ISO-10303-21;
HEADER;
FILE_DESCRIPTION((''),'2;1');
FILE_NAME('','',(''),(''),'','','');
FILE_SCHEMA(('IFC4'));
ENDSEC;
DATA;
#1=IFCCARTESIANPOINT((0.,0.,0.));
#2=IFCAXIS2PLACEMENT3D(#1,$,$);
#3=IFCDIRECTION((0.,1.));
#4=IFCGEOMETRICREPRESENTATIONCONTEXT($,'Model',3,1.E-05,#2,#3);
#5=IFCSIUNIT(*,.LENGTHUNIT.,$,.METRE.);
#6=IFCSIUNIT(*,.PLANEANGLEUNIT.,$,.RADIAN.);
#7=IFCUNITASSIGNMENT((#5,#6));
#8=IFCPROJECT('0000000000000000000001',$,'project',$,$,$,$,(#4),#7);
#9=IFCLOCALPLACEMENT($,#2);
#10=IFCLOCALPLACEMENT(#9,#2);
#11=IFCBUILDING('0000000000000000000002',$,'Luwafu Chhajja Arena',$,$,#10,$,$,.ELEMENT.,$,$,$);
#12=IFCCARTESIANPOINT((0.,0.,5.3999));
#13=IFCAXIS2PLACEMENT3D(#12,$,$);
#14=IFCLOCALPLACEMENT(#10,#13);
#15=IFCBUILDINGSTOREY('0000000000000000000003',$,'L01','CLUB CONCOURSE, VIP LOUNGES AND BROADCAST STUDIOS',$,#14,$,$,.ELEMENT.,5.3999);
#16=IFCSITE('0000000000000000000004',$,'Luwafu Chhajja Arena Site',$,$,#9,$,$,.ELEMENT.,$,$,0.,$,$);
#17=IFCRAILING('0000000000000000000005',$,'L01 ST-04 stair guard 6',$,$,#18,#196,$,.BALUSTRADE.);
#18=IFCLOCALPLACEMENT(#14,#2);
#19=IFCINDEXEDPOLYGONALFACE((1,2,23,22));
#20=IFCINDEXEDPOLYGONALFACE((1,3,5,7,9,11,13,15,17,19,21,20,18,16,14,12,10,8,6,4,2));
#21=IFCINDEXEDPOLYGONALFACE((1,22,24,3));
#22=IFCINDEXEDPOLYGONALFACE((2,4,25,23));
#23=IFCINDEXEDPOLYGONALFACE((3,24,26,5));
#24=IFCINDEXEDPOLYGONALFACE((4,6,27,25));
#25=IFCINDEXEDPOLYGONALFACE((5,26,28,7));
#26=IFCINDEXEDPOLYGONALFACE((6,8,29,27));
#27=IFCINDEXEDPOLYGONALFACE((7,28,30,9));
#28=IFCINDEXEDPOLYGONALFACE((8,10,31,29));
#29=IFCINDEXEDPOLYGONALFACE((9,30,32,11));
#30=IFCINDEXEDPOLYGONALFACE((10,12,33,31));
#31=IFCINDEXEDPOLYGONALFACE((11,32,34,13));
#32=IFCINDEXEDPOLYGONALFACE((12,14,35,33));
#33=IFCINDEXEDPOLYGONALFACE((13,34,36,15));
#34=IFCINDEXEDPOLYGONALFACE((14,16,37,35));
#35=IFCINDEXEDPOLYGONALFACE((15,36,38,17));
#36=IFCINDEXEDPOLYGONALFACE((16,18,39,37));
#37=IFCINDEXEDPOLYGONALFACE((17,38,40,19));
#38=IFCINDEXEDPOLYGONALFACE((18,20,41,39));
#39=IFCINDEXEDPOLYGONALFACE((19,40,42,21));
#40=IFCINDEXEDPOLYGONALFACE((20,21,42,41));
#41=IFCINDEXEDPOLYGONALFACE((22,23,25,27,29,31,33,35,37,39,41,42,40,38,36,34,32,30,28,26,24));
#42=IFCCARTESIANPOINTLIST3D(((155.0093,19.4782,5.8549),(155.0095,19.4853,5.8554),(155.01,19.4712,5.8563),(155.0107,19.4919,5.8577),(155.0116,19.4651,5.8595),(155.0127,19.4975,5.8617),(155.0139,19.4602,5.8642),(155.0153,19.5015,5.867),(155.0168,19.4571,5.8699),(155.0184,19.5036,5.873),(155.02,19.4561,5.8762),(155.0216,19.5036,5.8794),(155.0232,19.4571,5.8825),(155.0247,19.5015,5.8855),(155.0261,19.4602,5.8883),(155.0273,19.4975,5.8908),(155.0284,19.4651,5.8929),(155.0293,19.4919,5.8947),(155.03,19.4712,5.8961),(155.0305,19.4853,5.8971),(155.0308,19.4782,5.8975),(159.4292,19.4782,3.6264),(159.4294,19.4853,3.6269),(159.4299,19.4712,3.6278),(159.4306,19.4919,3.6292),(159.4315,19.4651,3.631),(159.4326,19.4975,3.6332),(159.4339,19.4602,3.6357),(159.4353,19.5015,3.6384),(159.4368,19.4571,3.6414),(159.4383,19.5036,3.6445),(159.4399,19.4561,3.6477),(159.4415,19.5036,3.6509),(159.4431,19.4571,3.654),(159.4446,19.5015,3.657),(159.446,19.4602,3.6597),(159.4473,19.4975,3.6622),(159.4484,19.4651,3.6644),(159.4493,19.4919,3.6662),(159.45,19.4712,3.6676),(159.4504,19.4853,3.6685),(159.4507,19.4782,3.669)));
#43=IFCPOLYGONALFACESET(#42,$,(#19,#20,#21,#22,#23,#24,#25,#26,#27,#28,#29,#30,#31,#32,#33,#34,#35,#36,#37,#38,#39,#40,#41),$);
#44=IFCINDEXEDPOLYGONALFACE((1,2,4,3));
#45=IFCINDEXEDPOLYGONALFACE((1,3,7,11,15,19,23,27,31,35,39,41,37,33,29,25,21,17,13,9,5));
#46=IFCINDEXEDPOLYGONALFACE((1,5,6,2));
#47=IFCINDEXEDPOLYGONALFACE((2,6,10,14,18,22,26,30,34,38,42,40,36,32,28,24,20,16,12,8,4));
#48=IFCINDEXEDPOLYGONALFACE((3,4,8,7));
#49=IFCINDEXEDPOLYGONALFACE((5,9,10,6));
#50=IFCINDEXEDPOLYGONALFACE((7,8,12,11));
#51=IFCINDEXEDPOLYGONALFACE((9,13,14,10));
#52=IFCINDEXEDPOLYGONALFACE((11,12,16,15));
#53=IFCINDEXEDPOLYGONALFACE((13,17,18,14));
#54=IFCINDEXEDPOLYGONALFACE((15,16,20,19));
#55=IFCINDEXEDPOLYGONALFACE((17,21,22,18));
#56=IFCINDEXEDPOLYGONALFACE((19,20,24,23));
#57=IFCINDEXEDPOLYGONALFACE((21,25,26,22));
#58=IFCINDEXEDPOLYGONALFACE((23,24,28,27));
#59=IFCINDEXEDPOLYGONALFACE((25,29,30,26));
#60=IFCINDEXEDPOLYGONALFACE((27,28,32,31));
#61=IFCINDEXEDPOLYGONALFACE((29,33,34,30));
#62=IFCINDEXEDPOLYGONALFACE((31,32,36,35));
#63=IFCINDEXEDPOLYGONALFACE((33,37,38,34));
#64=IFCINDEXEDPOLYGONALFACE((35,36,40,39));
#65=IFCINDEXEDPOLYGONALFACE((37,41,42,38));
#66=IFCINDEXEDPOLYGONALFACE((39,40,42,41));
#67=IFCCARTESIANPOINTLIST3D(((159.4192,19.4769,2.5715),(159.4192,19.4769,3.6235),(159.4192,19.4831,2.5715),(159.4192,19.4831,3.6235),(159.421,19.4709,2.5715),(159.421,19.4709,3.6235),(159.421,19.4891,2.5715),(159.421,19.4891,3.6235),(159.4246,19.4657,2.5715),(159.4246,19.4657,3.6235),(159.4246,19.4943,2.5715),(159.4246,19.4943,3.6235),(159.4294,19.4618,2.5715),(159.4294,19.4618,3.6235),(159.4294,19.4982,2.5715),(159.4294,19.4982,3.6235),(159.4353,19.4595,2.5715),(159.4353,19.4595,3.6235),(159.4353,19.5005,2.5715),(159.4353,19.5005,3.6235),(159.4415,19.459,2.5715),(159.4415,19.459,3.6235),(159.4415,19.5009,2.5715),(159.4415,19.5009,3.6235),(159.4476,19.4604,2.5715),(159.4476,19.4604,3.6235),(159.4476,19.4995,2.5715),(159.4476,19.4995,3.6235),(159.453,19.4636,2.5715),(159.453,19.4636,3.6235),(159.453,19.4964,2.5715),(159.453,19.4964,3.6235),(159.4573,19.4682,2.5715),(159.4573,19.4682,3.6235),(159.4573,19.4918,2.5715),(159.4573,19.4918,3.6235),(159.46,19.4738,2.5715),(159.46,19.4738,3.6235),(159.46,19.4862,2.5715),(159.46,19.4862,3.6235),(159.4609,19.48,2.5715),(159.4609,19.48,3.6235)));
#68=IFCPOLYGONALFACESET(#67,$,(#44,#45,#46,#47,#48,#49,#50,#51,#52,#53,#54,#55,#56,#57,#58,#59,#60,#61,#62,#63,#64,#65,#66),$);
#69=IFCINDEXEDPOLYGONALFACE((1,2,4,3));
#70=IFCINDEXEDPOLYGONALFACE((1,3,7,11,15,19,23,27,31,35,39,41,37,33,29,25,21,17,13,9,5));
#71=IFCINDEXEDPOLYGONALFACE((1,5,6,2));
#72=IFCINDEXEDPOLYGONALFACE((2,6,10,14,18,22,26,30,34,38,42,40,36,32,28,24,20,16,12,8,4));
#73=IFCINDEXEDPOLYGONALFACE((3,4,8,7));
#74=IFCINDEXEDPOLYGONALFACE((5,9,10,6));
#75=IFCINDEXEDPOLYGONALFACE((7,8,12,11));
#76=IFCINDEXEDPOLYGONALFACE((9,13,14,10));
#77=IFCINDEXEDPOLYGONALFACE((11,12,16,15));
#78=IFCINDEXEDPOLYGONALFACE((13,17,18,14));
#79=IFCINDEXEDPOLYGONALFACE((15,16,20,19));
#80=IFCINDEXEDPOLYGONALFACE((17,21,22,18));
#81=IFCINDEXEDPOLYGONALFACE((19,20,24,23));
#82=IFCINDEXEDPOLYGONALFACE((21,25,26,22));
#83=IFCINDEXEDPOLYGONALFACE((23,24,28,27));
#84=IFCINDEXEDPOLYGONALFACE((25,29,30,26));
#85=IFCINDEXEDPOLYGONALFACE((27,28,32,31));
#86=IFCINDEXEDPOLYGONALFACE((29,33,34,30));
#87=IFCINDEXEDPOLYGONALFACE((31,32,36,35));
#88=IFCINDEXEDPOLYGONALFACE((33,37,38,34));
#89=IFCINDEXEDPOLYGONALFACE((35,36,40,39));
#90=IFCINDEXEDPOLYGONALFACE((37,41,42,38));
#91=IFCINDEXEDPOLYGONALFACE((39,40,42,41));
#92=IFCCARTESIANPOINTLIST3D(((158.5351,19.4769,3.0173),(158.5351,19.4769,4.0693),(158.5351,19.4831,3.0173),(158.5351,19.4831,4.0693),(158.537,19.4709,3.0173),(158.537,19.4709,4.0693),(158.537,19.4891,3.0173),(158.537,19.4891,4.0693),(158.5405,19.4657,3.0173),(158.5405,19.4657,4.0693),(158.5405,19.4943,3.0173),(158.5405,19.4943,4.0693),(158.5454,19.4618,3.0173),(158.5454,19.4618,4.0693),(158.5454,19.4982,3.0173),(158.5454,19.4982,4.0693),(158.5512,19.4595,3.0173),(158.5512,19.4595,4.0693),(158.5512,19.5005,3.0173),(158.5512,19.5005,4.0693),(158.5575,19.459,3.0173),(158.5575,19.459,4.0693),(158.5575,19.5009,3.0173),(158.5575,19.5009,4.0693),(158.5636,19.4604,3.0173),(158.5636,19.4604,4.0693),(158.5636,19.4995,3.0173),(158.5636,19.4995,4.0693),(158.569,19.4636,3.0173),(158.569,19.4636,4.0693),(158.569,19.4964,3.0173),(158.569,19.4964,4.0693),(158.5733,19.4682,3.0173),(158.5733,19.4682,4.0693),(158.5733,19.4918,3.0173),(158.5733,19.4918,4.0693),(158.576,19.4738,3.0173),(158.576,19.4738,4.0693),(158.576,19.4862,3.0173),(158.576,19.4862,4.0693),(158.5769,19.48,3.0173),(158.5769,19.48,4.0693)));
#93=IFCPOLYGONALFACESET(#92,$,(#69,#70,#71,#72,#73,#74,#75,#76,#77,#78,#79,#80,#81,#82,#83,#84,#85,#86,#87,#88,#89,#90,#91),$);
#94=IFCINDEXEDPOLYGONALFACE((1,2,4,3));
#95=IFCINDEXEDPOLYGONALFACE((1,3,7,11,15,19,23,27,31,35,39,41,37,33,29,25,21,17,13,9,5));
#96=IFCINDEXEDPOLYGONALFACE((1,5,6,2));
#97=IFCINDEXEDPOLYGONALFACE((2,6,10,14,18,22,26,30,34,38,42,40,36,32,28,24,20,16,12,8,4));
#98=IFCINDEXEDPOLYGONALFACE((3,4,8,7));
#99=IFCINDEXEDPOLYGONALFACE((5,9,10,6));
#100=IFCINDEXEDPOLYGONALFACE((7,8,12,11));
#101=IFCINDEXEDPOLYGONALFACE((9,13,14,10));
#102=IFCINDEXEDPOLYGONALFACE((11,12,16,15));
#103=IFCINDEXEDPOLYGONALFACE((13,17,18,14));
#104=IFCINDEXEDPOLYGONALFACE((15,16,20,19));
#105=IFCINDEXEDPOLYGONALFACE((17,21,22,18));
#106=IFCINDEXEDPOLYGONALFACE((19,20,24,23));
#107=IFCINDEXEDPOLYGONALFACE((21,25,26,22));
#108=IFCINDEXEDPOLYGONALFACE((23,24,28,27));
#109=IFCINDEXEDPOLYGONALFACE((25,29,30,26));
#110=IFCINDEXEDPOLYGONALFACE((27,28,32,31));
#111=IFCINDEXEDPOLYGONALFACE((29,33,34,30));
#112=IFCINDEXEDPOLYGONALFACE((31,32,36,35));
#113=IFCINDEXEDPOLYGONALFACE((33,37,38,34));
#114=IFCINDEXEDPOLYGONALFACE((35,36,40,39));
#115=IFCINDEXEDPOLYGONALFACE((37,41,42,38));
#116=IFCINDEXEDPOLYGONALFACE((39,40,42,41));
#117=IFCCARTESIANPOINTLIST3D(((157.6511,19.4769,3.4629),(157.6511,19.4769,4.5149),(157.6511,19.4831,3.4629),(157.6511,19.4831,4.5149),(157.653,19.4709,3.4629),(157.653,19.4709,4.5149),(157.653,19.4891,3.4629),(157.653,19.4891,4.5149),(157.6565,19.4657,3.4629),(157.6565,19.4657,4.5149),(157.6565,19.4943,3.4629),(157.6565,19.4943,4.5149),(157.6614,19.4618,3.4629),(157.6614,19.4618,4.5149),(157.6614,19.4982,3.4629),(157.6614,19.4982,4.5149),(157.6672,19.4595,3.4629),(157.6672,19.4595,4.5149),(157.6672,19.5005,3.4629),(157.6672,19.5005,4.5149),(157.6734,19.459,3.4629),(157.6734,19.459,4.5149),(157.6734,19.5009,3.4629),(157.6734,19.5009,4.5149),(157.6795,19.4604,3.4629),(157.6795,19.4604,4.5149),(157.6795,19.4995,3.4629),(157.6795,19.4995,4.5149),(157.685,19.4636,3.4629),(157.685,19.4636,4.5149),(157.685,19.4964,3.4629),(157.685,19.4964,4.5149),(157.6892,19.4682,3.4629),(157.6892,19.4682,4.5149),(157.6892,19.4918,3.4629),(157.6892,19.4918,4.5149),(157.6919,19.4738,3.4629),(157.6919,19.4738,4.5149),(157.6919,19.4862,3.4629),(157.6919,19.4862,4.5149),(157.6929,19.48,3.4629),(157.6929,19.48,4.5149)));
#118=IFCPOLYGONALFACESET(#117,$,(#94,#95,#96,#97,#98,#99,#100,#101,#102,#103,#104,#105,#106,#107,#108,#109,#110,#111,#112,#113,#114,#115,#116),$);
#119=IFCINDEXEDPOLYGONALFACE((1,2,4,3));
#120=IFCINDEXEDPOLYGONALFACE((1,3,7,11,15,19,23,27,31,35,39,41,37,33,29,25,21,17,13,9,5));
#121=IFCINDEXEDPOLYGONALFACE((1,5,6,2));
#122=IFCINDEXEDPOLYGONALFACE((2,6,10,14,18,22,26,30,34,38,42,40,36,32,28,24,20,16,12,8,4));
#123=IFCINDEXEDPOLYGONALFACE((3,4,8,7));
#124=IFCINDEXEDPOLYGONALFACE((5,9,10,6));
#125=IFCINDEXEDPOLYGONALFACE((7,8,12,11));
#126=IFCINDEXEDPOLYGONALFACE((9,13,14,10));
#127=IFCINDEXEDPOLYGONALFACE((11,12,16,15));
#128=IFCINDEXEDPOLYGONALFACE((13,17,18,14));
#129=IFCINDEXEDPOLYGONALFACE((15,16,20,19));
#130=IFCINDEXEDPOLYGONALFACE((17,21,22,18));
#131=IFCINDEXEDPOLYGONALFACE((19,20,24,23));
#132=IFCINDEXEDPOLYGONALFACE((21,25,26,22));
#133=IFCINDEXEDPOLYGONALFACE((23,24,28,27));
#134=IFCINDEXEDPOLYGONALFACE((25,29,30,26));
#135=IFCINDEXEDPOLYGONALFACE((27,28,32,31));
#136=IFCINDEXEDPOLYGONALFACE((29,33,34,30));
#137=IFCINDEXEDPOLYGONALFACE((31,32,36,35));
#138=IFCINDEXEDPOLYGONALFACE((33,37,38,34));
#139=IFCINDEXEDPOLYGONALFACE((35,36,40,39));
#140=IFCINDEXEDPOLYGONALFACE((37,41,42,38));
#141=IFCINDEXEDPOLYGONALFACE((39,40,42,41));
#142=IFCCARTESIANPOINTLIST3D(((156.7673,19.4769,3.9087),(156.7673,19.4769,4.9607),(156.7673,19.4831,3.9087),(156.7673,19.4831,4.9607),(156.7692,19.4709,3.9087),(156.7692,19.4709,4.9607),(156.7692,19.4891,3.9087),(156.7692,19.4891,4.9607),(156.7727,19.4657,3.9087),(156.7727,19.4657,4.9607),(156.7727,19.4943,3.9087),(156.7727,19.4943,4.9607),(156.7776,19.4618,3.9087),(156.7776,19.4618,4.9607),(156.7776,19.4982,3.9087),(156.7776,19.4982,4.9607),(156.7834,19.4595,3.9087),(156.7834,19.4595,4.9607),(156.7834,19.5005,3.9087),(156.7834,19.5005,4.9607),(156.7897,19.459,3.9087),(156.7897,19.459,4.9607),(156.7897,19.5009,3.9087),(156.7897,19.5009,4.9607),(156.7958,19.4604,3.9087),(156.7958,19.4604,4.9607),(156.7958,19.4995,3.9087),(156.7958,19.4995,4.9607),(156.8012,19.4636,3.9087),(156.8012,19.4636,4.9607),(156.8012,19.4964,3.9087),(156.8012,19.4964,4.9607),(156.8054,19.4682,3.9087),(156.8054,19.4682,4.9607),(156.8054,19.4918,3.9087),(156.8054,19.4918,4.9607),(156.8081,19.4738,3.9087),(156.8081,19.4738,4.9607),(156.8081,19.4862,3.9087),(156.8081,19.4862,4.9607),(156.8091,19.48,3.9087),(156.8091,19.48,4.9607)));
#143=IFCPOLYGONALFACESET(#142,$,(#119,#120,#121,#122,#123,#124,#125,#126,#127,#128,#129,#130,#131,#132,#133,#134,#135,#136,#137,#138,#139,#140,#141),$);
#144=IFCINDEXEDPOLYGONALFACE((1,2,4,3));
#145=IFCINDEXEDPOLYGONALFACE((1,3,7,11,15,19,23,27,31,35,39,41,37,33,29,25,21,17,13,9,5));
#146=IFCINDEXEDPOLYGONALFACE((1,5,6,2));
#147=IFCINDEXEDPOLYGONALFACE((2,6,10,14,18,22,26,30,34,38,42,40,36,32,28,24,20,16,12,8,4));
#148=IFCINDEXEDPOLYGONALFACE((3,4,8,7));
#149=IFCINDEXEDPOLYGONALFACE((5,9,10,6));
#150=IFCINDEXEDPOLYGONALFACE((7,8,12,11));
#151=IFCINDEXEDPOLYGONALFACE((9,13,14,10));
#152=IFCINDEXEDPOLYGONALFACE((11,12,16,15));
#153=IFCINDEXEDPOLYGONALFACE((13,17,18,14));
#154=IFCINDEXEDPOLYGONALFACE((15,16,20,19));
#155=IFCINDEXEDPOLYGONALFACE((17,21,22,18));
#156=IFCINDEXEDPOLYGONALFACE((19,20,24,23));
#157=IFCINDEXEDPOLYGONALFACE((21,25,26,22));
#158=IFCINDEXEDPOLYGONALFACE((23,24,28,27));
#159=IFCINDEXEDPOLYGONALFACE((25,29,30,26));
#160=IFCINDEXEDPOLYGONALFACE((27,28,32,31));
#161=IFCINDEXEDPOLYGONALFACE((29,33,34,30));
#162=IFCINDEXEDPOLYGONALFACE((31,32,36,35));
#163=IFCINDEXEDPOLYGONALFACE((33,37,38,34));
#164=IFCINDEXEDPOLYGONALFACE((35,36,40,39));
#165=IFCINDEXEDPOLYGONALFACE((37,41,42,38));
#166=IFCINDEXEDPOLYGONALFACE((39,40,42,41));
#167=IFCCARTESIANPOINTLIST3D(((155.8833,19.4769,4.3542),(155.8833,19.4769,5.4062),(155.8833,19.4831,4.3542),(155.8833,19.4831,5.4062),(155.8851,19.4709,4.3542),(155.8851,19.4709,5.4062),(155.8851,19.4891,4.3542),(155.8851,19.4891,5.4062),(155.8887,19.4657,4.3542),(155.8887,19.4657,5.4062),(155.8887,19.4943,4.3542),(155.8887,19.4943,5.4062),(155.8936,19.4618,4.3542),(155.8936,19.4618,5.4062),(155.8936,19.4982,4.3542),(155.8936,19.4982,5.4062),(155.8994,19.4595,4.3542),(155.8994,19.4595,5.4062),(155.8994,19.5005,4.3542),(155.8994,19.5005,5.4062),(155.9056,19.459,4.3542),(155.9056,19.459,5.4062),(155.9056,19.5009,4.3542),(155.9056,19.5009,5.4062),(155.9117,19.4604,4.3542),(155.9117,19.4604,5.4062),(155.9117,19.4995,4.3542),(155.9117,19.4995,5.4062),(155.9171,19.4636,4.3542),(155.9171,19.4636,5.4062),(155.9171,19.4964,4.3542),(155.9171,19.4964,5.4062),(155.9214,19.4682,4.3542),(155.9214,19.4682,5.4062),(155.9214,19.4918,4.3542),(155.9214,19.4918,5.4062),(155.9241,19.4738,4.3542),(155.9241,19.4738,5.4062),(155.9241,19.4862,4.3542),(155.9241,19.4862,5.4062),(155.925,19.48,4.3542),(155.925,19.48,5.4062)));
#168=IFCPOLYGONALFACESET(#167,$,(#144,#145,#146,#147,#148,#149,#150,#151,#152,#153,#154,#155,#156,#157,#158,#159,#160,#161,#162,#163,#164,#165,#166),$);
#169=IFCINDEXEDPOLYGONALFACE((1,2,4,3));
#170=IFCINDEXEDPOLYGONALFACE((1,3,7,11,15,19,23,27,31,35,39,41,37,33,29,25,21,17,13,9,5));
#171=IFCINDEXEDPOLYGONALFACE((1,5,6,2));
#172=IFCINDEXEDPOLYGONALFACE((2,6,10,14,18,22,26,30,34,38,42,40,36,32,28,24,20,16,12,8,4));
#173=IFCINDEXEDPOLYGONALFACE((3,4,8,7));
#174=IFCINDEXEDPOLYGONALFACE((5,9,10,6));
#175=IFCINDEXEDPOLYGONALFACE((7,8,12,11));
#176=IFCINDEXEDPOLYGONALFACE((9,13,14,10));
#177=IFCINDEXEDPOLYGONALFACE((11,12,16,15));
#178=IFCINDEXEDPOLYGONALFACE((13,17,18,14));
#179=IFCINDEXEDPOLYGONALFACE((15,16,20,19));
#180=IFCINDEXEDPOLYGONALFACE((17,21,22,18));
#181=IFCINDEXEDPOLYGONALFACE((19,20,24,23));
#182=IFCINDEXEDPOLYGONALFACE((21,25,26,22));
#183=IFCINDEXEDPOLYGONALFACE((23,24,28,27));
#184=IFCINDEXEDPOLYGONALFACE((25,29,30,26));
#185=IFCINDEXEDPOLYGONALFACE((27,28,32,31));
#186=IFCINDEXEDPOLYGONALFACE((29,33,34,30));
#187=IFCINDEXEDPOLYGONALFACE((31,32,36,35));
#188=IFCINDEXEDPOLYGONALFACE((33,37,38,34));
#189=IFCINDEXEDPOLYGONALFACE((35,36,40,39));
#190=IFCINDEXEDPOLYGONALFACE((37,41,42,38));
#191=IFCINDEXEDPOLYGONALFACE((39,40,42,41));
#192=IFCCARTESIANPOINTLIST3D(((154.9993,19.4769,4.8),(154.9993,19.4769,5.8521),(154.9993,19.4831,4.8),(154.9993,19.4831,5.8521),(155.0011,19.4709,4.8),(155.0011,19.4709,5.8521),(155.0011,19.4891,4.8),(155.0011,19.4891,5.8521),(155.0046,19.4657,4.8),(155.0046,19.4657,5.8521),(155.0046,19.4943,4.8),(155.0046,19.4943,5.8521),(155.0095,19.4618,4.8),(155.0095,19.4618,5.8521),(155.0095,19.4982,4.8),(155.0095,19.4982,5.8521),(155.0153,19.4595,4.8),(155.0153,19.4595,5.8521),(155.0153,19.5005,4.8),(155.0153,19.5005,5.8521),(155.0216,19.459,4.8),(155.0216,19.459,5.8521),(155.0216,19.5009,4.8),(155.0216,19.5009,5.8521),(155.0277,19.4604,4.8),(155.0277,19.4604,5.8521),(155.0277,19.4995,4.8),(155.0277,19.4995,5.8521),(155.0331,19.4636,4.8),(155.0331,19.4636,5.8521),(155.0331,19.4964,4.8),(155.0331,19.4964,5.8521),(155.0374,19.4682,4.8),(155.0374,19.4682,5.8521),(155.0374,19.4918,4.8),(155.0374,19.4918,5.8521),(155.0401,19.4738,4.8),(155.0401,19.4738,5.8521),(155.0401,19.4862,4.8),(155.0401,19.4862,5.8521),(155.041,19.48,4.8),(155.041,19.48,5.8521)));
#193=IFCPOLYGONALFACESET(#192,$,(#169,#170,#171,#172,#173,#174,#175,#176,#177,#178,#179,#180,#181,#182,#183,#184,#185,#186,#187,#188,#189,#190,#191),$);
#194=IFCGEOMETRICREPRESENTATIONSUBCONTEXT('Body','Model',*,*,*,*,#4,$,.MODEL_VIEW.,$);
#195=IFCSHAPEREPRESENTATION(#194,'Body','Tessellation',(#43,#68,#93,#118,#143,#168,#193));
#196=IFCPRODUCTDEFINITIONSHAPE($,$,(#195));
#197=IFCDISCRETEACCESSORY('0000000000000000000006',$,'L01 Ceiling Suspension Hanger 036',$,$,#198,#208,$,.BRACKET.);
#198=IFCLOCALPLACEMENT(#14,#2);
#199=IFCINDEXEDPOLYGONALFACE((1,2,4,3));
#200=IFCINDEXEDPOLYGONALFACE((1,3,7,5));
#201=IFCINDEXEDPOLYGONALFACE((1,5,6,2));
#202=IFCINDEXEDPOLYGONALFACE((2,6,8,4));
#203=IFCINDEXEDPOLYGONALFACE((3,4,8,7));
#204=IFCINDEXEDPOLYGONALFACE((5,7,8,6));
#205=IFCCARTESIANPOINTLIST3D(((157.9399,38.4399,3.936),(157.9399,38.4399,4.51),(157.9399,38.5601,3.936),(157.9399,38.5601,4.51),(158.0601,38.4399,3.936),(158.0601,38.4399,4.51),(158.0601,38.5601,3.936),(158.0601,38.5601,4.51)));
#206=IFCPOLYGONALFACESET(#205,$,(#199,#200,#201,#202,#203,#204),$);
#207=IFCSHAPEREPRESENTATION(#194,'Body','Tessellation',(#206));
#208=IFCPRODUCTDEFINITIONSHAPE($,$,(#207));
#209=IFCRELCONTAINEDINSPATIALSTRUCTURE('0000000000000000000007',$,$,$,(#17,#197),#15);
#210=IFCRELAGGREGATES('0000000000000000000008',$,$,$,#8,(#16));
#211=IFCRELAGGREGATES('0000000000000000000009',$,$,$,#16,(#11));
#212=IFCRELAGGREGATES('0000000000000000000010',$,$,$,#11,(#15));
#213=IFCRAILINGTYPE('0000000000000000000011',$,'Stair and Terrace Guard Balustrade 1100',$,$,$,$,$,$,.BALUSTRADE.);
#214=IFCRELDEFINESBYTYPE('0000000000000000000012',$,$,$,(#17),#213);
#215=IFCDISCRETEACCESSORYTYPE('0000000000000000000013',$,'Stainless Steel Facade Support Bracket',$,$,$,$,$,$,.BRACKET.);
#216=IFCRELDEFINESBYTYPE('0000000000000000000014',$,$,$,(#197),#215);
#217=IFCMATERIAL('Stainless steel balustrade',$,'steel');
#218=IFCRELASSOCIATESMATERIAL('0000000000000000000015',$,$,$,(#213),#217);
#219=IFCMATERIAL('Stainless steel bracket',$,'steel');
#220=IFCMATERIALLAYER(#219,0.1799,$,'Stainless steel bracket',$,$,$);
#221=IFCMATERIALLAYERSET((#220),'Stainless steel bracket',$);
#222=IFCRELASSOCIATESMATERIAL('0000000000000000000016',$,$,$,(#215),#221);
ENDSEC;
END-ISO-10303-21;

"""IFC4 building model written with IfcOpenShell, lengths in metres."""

from ifc_helpers import new_model, si_unit, direction, frame, origin, origin_2d, place, context, subcontext, project, spatial, rectangle, circle, extrude, material, layer, layer_set, type_object, element, save


model = new_model("IFC4")

# Units and contexts
model_context = context("Model", 3, precision=1e-05, world=origin(), true_north=direction((0.0, 1.0)))
body_context = subcontext(model_context, "Body", "Model", "MODEL_VIEW")
ifc_project = project(units=[si_unit("LENGTHUNIT", "METRE"), si_unit("PLANEANGLEUNIT", "RADIAN")], contexts=[model_context])

# Site, building, storey
site_placement = place(None, origin())
site = spatial("IfcSite", under=ifc_project, at=site_placement, Name="Luwafu Chhajja Arena Site", CompositionType="ELEMENT", RefElevation=0.0)
building_placement = place(site_placement, origin())
building = spatial("IfcBuilding", under=site, at=building_placement, Name="Luwafu Chhajja Arena", CompositionType="ELEMENT")
storey_placement = place(building_placement, frame((0.0, 0.0, 5.3999)))
storey = spatial("IfcBuildingStorey", under=building, at=storey_placement, Name="L01", Description="CLUB CONCOURSE, VIP LOUNGES AND BROADCAST STUDIOS", CompositionType="ELEMENT", Elevation=5.3999)

# Railing
ifc_material_1 = material(Name="Stainless steel balustrade", Category="steel")
railing_type_1 = type_object("IfcRailingType", Name="Stair and Terrace Guard Balustrade 1100", PredefinedType="BALUSTRADE", material=ifc_material_1)
railing_1_placement = place(storey_placement, frame((159.4399, 19.48, 2.5715)))
element("IfcRailing", 1, at=railing_1_placement, inside=storey, type_object=railing_type_1, Name="L01 ST-04 stair guard 6", PredefinedType="BALUSTRADE", context=body_context, shape_type="SweptSolid", body=[
    extrude(circle(Radius=0.0239, at=origin_2d()), frame((0.0, 0.0, 1.0762), z_axis=(-0.892923, 0.0, 0.45021), x_axis=(0.0, -1.0, 0.0)), (0.0, 0.0, 1.0), 4.95),
    extrude(circle(Radius=0.021, at=origin_2d()), origin(), (0.0, 0.0, 1.0), 1.052),
    extrude(circle(Radius=0.021, at=origin_2d()), frame((-0.884, 0.0, 0.4458)), (0.0, 0.0, 1.0), 1.052),
    extrude(circle(Radius=0.021, at=origin_2d()), frame((-1.7681, 0.0, 0.8914)), (0.0, 0.0, 1.0), 1.052),
    extrude(circle(Radius=0.021, at=origin_2d()), frame((-2.6519, 0.0, 1.3372)), (0.0, 0.0, 1.0), 1.052),
    extrude(circle(Radius=0.021, at=origin_2d()), frame((-3.5359, 0.0, 1.7827)), (0.0, 0.0, 1.0), 1.052),
    extrude(circle(Radius=0.021, at=origin_2d()), frame((-4.4199, 0.0, 2.2285)), (0.0, 0.0, 1.0), 1.052),
])

# Discrete accessory
ifc_material_2 = material(Name="Stainless steel bracket", Category="steel")
ifc_layer_1 = layer(ifc_material_2, 0.1799, Name="Stainless steel bracket")
ifc_layer_set_1 = layer_set([ifc_layer_1], Name="Stainless steel bracket")
discrete_accessory_type = type_object("IfcDiscreteAccessoryType", Name="Stainless Steel Facade Support Bracket", PredefinedType="BRACKET", material=ifc_layer_set_1)
discrete_accessory_placement = place(storey_placement, frame((158.0, 38.5, 3.936), z_axis=(0.0, 0.0, 1.0), x_axis=(1.0, 0.0, 0.0)))
element("IfcDiscreteAccessory", 2, at=discrete_accessory_placement, inside=storey, type_object=discrete_accessory_type, Name="L01 Ceiling Suspension Hanger 036", PredefinedType="BRACKET", context=body_context, shape_type="SweptSolid", body=[
    extrude(rectangle(XDim=0.1201, YDim=0.1201, at=origin_2d()), origin(), (0.0, 0.0, 1.0), 0.574),
])

save(model, "model.ifc")
